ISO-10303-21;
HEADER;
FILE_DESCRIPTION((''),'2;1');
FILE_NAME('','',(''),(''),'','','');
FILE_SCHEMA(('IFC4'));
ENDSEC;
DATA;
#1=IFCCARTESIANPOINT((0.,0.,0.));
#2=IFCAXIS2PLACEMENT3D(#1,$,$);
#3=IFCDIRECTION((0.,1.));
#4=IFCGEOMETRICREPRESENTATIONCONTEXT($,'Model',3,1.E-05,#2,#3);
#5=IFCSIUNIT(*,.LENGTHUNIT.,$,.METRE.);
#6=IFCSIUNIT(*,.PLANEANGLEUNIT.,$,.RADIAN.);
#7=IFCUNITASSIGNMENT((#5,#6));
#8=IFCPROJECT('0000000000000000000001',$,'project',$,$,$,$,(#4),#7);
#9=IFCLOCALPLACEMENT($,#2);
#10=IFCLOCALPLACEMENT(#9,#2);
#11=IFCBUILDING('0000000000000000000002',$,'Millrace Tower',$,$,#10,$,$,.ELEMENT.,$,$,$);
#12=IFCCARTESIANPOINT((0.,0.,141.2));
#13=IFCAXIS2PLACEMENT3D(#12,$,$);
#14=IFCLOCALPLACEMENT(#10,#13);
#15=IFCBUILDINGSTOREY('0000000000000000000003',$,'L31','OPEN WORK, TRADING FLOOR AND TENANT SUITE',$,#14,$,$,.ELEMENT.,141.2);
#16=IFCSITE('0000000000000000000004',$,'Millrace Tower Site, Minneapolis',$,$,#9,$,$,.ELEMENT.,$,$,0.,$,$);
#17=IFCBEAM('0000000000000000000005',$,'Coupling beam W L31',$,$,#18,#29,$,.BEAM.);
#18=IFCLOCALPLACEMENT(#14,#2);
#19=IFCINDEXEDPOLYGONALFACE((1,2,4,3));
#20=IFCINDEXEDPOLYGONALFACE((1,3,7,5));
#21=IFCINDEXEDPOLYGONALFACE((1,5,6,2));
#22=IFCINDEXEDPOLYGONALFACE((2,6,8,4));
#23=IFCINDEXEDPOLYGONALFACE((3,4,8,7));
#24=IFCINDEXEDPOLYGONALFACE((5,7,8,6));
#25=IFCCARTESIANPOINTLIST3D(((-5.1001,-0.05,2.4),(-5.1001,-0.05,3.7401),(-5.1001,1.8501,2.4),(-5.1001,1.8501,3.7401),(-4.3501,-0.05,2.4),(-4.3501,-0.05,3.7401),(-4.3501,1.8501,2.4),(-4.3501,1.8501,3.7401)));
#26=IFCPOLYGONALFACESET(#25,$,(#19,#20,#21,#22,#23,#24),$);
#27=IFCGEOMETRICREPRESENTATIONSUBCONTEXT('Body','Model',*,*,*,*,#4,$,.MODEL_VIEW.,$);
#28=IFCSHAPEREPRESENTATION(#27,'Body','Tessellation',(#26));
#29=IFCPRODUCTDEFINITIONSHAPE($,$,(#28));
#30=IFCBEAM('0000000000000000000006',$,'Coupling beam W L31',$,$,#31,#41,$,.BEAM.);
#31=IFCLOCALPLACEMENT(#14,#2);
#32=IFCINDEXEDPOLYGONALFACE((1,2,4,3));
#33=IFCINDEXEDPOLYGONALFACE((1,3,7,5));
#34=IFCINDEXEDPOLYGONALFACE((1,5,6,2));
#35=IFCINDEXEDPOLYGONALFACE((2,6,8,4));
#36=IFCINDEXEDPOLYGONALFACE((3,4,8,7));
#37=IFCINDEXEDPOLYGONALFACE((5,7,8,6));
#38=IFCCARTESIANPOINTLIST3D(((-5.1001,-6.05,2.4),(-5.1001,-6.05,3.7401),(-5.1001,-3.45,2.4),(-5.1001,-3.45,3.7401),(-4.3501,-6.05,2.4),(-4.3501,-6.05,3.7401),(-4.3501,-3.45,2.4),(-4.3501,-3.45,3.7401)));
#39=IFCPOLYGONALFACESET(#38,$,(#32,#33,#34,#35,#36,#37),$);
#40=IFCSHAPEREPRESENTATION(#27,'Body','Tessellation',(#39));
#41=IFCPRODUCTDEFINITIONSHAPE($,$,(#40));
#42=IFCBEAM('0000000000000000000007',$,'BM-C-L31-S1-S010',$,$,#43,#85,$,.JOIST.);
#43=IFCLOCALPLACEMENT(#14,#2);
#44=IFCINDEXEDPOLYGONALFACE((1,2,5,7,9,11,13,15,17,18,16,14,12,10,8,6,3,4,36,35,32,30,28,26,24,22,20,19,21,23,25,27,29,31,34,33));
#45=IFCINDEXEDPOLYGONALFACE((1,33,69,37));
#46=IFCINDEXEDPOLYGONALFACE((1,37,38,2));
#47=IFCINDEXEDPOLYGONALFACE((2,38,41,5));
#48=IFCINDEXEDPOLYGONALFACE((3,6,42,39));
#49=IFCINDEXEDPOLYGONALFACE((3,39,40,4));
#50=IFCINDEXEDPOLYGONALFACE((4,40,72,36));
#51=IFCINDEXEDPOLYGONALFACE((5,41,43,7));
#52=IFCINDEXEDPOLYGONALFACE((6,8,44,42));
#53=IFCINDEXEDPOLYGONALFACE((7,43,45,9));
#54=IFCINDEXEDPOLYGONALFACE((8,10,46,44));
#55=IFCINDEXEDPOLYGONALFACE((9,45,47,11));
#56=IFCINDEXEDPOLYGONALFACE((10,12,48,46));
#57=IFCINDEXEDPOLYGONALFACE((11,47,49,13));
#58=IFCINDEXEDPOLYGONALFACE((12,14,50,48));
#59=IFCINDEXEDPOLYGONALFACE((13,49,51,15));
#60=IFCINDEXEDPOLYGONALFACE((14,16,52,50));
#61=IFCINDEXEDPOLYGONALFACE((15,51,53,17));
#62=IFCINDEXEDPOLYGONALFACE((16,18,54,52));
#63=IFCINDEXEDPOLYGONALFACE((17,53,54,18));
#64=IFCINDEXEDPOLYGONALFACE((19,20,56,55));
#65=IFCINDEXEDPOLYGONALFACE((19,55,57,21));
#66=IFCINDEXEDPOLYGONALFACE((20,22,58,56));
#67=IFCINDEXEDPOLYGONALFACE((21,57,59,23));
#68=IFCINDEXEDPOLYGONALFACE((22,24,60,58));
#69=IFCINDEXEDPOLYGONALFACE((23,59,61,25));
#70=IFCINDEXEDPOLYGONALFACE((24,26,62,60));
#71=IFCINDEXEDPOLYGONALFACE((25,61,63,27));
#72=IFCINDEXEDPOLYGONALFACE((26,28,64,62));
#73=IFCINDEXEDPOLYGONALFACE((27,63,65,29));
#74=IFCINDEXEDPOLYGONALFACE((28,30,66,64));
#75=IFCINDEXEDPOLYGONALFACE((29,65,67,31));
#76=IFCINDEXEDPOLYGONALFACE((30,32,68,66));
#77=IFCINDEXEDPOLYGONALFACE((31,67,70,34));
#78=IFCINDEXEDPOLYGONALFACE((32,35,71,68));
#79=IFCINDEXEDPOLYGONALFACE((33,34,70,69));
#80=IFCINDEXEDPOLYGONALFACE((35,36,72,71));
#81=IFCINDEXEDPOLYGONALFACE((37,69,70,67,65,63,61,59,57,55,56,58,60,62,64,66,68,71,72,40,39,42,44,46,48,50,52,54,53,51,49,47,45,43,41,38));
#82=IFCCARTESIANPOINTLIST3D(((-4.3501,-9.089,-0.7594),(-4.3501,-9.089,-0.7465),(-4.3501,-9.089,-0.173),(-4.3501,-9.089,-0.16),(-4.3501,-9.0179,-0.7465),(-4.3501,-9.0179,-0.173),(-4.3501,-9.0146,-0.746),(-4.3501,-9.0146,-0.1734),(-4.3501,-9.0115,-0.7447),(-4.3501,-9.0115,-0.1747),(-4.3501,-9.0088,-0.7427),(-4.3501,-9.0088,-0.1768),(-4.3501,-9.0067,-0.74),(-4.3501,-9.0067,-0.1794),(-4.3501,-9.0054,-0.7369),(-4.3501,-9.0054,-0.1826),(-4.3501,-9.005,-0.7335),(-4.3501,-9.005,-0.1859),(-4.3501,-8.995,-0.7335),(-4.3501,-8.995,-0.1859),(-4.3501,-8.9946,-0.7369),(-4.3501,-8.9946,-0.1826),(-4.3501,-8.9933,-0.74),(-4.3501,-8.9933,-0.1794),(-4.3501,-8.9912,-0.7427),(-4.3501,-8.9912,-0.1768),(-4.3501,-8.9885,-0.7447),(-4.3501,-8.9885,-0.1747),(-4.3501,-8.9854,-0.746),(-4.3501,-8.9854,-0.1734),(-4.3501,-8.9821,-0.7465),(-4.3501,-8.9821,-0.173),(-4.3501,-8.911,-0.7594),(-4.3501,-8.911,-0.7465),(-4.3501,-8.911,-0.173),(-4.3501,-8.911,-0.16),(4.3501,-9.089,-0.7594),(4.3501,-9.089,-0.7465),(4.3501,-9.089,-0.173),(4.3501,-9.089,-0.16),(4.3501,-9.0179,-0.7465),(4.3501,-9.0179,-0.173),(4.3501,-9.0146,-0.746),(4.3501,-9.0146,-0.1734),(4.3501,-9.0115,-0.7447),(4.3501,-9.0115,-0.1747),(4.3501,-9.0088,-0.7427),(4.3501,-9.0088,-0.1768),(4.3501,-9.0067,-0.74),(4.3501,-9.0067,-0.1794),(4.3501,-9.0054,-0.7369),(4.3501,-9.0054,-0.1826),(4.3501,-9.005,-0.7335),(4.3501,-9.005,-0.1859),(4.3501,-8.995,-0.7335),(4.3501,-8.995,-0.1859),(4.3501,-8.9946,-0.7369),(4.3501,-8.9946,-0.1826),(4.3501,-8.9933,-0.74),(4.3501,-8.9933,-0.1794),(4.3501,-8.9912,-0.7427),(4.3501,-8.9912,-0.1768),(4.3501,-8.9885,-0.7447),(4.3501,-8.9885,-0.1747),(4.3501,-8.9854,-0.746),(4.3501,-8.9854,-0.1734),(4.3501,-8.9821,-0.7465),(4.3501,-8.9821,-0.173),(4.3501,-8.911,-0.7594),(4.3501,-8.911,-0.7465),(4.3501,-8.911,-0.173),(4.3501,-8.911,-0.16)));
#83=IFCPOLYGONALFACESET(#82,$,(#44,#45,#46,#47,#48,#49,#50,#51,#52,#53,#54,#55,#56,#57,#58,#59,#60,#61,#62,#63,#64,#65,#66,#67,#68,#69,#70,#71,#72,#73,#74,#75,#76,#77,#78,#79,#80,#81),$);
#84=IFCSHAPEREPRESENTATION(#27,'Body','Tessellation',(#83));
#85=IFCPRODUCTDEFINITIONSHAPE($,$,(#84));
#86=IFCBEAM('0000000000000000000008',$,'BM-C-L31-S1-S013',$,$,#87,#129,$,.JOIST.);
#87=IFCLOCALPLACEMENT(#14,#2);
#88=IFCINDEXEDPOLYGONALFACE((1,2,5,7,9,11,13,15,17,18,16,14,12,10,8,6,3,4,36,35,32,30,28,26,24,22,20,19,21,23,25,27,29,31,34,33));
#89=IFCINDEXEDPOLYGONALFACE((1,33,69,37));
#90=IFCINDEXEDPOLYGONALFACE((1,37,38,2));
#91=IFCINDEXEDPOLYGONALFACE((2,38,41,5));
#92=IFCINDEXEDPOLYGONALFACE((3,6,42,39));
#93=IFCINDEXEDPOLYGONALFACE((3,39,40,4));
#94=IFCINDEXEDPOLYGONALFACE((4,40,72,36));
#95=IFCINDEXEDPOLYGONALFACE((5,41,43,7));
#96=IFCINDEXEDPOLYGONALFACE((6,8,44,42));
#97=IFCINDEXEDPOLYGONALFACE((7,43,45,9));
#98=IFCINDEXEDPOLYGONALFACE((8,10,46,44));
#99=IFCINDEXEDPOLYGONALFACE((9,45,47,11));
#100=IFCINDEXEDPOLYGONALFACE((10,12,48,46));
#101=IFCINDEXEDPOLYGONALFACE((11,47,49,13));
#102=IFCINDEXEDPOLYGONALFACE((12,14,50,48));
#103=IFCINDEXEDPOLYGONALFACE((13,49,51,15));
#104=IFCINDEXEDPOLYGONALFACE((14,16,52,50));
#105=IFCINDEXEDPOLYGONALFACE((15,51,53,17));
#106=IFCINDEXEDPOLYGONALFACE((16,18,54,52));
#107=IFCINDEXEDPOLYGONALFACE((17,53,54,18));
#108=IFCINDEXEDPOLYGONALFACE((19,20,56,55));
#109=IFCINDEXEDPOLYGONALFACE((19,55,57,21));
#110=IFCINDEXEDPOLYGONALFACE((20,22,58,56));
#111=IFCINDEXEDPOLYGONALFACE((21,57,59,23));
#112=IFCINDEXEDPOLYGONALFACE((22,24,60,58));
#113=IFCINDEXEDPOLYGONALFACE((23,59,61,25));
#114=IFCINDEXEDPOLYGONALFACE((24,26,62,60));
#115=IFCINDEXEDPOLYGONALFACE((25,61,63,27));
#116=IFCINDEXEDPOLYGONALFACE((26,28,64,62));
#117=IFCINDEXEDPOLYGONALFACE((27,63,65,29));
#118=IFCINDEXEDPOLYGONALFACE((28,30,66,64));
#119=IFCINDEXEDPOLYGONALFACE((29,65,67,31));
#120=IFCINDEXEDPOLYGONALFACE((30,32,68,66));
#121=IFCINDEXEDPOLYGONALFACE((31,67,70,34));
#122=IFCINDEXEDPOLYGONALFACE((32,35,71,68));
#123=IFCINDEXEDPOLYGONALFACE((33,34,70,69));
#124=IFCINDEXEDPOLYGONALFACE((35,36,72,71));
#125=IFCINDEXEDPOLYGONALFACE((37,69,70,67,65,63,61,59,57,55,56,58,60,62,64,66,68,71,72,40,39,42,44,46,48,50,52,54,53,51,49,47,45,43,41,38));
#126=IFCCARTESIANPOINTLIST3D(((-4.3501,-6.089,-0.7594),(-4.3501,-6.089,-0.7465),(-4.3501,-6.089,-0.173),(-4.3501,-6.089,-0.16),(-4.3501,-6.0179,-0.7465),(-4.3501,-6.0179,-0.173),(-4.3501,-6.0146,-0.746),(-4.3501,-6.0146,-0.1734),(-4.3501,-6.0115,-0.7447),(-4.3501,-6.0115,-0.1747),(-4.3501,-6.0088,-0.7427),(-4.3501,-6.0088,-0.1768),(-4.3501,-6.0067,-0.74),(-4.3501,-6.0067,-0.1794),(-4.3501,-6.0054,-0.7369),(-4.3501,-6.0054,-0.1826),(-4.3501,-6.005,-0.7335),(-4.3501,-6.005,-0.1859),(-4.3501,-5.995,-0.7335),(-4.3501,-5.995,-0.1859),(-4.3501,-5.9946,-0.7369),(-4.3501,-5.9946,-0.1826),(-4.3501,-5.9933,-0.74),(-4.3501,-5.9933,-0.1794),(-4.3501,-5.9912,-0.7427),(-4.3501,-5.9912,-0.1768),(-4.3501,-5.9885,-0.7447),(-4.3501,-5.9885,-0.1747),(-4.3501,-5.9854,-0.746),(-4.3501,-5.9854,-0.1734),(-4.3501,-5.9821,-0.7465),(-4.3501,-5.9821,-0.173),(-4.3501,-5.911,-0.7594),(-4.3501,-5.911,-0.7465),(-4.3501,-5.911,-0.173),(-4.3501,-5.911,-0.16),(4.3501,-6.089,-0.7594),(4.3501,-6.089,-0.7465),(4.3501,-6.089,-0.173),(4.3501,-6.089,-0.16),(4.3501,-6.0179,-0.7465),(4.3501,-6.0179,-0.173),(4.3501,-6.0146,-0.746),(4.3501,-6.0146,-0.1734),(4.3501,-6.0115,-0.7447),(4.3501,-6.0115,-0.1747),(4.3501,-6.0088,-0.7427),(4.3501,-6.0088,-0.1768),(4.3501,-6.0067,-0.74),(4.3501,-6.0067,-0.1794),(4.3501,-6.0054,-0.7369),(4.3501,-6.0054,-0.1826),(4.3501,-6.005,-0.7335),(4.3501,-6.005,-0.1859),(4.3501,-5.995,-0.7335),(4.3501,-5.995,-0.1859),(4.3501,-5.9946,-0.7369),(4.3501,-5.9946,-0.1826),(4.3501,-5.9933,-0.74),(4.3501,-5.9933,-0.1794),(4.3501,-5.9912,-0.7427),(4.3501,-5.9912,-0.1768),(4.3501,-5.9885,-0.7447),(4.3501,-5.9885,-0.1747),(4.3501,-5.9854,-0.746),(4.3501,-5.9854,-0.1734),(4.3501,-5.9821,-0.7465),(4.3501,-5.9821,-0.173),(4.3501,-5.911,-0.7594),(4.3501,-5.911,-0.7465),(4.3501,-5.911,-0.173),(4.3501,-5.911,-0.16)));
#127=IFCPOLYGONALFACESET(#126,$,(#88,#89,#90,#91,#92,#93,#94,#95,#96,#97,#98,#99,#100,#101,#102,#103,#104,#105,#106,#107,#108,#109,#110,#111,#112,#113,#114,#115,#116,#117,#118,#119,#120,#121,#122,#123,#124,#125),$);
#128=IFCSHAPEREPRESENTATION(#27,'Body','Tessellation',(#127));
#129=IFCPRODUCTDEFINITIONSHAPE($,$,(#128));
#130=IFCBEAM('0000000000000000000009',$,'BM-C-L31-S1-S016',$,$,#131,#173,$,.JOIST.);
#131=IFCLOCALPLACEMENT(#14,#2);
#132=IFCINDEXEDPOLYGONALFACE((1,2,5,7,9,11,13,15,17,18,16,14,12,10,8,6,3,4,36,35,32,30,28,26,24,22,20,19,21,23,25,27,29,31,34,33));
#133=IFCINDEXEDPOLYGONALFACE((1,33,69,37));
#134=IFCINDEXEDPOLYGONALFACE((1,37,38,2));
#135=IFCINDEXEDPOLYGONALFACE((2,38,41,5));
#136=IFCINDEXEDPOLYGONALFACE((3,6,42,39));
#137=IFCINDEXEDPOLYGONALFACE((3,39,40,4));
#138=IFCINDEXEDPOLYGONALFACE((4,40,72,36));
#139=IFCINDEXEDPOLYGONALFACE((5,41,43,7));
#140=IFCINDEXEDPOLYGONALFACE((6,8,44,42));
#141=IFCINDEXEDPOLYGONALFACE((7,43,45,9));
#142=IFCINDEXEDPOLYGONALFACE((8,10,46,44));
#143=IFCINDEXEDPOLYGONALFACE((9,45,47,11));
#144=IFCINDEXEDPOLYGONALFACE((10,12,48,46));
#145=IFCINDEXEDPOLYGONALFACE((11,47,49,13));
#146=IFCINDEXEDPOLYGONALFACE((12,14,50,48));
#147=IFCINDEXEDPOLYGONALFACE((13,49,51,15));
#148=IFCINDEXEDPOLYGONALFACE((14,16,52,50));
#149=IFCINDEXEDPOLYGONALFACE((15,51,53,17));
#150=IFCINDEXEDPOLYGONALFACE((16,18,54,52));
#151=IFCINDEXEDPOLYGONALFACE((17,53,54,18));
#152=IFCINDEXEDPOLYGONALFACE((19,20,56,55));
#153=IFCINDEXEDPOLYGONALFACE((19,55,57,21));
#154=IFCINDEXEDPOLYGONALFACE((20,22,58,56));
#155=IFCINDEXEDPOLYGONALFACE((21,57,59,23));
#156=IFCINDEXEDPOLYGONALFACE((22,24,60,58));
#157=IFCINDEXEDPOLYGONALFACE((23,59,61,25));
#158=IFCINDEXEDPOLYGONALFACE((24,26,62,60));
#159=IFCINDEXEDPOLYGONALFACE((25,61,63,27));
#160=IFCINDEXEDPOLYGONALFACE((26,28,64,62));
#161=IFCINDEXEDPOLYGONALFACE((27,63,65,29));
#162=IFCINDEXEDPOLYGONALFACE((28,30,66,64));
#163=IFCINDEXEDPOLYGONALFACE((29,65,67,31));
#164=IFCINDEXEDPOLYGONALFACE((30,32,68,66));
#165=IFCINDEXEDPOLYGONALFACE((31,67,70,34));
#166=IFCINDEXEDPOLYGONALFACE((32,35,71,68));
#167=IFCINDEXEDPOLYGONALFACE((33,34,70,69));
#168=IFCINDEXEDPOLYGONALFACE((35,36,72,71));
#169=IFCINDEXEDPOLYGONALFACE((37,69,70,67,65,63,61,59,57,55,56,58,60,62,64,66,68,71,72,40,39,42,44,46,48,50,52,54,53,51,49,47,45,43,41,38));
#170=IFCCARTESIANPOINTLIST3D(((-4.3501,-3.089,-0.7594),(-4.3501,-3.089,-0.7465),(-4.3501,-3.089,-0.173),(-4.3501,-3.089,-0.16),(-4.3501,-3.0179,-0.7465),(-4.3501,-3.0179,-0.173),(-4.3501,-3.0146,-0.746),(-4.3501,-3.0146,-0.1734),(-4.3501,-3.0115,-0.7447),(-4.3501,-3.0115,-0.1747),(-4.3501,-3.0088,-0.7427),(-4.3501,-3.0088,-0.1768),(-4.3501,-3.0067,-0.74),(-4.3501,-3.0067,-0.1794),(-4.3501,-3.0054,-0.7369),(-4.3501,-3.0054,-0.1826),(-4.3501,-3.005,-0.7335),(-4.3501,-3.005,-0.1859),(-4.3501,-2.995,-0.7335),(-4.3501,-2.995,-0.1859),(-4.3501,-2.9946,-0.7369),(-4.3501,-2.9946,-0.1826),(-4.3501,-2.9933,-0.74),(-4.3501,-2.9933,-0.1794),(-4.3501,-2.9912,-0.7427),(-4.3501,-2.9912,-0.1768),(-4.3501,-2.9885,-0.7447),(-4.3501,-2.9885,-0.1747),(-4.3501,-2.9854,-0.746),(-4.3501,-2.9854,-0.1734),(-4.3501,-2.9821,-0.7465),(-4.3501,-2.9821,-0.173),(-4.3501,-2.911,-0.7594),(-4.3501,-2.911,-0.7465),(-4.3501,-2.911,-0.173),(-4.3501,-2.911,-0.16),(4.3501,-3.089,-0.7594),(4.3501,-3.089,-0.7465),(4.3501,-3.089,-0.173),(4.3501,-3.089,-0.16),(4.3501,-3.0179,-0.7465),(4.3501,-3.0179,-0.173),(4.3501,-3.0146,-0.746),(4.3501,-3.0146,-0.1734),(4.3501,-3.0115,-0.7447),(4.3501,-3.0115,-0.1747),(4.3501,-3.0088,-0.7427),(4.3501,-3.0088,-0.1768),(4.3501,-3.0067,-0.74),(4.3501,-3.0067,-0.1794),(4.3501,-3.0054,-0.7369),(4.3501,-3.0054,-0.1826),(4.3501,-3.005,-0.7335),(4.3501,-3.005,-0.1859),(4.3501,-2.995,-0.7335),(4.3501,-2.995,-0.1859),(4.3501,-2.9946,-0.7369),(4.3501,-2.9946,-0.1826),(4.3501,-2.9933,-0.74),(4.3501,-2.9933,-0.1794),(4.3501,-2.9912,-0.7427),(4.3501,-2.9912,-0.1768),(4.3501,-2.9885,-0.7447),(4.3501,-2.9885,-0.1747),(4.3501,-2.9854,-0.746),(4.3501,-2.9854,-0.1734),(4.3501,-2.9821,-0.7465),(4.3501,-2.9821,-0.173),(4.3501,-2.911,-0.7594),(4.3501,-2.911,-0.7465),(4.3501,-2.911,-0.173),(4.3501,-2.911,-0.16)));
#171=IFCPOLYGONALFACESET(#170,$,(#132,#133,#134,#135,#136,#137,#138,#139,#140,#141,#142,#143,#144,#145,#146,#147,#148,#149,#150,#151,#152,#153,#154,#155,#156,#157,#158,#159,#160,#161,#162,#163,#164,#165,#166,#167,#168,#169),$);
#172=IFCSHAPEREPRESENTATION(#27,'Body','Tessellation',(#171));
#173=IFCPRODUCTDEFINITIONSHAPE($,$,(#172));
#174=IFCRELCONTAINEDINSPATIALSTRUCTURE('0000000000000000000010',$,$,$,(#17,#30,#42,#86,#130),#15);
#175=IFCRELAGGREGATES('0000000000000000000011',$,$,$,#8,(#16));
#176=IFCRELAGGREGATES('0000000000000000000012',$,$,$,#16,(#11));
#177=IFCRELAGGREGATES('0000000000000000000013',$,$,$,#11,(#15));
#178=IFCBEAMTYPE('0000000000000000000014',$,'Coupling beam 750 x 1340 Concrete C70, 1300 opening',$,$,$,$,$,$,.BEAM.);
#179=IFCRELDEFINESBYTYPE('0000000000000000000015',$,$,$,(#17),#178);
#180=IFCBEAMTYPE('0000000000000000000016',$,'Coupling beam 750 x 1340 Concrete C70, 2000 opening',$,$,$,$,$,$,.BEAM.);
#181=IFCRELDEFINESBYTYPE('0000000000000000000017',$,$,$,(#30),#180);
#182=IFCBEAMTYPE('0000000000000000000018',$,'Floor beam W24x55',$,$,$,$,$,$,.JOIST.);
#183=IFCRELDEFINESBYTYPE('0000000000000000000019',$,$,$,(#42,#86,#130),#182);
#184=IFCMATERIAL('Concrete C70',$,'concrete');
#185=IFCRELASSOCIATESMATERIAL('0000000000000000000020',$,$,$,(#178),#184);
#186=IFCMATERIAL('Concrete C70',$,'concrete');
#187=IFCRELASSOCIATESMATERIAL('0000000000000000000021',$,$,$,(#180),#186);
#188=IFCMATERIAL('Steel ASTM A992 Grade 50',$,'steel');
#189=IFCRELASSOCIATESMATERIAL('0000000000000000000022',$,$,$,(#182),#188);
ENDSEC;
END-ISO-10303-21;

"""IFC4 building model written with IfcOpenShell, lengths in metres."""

from ifc_helpers import new_model, si_unit, direction, frame, origin, origin_2d, place, context, subcontext, project, spatial, rectangle, i_section, extrude, material, material_profile, profile_set, type_object, element, save


model = new_model("IFC4")

# Units and contexts
model_context = context("Model", 3, precision=1e-05, world=origin(), true_north=direction((0.0, 1.0)))
body_context = subcontext(model_context, "Body", "Model", "MODEL_VIEW")
ifc_project = project(units=[si_unit("LENGTHUNIT", "METRE"), si_unit("PLANEANGLEUNIT", "RADIAN")], contexts=[model_context])

# Site, building, storey
site_placement = place(None, origin())
site = spatial("IfcSite", under=ifc_project, at=site_placement, Name="Millrace Tower Site, Minneapolis", CompositionType="ELEMENT", RefElevation=0.0)
building_placement = place(site_placement, origin())
building = spatial("IfcBuilding", under=site, at=building_placement, Name="Millrace Tower", CompositionType="ELEMENT")
storey_placement = place(building_placement, frame((0.0, 0.0, 141.2)))
storey = spatial("IfcBuildingStorey", under=building, at=storey_placement, Name="L31", Description="OPEN WORK, TRADING FLOOR AND TENANT SUITE", CompositionType="ELEMENT", Elevation=141.2)

# Beams
ifc_material_1 = material(Name="Concrete C70", Category="concrete")
ifc_material_profile_1 = material_profile(ifc_material_1, rectangle(XDim=0.75, YDim=1.3401, at=origin_2d()))
ifc_profile_set_1 = profile_set([ifc_material_profile_1], Name="Concrete C70")
beam_type_1 = type_object("IfcBeamType", Name="Coupling beam 750 x 1340 Concrete C70, 1300 opening", PredefinedType="BEAM", material=ifc_profile_set_1)
beam_1_placement = place(storey_placement, frame((-4.7251, -0.05, 3.0701), z_axis=(0.0, 1.0, 0.0), x_axis=(-1.0, 0.0, 0.0)))
element("IfcBeam", 1, at=beam_1_placement, inside=storey, type_object=beam_type_1, Name="Coupling beam W L31", PredefinedType="BEAM", context=body_context, shape_type="SweptSolid", body=[
    extrude(rectangle(XDim=0.75, YDim=1.3401, at=origin_2d()), origin(), (0.0, 0.0, 1.0), 1.9001),
])
ifc_material_2 = material(Name="Concrete C70", Category="concrete")
ifc_material_profile_2 = material_profile(ifc_material_2, rectangle(XDim=0.75, YDim=1.3401, at=origin_2d()))
ifc_profile_set_2 = profile_set([ifc_material_profile_2], Name="Concrete C70")
beam_type_2 = type_object("IfcBeamType", Name="Coupling beam 750 x 1340 Concrete C70, 2000 opening", PredefinedType="BEAM", material=ifc_profile_set_2)
beam_2_placement = place(storey_placement, frame((-4.7251, -6.05, 3.0701), z_axis=(0.0, 1.0, 0.0), x_axis=(-1.0, 0.0, 0.0)))
element("IfcBeam", 2, at=beam_2_placement, inside=storey, type_object=beam_type_2, Name="Coupling beam W L31", PredefinedType="BEAM", context=body_context, shape_type="SweptSolid", body=[
    extrude(rectangle(XDim=0.75, YDim=1.3401, at=origin_2d()), origin(), (0.0, 0.0, 1.0), 2.6001),
])
ifc_material_3 = material(Name="Steel ASTM A992 Grade 50", Category="steel")
ifc_material_profile_3 = material_profile(ifc_material_3, i_section(OverallWidth=0.178, OverallDepth=0.5994, WebThickness=0.01, FlangeThickness=0.0129, FilletRadius=0.0129, at=origin_2d()))
ifc_profile_set_3 = profile_set([ifc_material_profile_3], Name="Steel ASTM A992 Grade 50")
beam_type_3 = type_object("IfcBeamType", Name="Floor beam W24x55", PredefinedType="JOIST", material=ifc_profile_set_3)
for number, where, z_axis, x_axis, name in (
    (3, (-4.3501, -9.0, -0.4597), (1.0, 0.0, 0.0), (0.0, 1.0, 0.0), "BM-C-L31-S1-S010"),
    (4, (-4.3501, -6.0, -0.4597), (1.0, 0.0, 0.0), (0.0, 1.0, 0.0), "BM-C-L31-S1-S013"),
    (5, (-4.3501, -3.0, -0.4597), (1.0, 0.0, 0.0), (0.0, 1.0, 0.0), "BM-C-L31-S1-S016"),
):
    element("IfcBeam", number, at=place(storey_placement, frame(where, z_axis=z_axis, x_axis=x_axis)), inside=storey, type_object=beam_type_3, Name=name, PredefinedType="JOIST", context=body_context, shape_type="SweptSolid", body=[
        extrude(i_section(OverallWidth=0.178, OverallDepth=0.5994, WebThickness=0.01, FlangeThickness=0.0129, FilletRadius=0.0129, at=origin_2d()), origin(), (0.0, 0.0, 1.0), 8.7002),
    ])

save(model, "model.ifc")
